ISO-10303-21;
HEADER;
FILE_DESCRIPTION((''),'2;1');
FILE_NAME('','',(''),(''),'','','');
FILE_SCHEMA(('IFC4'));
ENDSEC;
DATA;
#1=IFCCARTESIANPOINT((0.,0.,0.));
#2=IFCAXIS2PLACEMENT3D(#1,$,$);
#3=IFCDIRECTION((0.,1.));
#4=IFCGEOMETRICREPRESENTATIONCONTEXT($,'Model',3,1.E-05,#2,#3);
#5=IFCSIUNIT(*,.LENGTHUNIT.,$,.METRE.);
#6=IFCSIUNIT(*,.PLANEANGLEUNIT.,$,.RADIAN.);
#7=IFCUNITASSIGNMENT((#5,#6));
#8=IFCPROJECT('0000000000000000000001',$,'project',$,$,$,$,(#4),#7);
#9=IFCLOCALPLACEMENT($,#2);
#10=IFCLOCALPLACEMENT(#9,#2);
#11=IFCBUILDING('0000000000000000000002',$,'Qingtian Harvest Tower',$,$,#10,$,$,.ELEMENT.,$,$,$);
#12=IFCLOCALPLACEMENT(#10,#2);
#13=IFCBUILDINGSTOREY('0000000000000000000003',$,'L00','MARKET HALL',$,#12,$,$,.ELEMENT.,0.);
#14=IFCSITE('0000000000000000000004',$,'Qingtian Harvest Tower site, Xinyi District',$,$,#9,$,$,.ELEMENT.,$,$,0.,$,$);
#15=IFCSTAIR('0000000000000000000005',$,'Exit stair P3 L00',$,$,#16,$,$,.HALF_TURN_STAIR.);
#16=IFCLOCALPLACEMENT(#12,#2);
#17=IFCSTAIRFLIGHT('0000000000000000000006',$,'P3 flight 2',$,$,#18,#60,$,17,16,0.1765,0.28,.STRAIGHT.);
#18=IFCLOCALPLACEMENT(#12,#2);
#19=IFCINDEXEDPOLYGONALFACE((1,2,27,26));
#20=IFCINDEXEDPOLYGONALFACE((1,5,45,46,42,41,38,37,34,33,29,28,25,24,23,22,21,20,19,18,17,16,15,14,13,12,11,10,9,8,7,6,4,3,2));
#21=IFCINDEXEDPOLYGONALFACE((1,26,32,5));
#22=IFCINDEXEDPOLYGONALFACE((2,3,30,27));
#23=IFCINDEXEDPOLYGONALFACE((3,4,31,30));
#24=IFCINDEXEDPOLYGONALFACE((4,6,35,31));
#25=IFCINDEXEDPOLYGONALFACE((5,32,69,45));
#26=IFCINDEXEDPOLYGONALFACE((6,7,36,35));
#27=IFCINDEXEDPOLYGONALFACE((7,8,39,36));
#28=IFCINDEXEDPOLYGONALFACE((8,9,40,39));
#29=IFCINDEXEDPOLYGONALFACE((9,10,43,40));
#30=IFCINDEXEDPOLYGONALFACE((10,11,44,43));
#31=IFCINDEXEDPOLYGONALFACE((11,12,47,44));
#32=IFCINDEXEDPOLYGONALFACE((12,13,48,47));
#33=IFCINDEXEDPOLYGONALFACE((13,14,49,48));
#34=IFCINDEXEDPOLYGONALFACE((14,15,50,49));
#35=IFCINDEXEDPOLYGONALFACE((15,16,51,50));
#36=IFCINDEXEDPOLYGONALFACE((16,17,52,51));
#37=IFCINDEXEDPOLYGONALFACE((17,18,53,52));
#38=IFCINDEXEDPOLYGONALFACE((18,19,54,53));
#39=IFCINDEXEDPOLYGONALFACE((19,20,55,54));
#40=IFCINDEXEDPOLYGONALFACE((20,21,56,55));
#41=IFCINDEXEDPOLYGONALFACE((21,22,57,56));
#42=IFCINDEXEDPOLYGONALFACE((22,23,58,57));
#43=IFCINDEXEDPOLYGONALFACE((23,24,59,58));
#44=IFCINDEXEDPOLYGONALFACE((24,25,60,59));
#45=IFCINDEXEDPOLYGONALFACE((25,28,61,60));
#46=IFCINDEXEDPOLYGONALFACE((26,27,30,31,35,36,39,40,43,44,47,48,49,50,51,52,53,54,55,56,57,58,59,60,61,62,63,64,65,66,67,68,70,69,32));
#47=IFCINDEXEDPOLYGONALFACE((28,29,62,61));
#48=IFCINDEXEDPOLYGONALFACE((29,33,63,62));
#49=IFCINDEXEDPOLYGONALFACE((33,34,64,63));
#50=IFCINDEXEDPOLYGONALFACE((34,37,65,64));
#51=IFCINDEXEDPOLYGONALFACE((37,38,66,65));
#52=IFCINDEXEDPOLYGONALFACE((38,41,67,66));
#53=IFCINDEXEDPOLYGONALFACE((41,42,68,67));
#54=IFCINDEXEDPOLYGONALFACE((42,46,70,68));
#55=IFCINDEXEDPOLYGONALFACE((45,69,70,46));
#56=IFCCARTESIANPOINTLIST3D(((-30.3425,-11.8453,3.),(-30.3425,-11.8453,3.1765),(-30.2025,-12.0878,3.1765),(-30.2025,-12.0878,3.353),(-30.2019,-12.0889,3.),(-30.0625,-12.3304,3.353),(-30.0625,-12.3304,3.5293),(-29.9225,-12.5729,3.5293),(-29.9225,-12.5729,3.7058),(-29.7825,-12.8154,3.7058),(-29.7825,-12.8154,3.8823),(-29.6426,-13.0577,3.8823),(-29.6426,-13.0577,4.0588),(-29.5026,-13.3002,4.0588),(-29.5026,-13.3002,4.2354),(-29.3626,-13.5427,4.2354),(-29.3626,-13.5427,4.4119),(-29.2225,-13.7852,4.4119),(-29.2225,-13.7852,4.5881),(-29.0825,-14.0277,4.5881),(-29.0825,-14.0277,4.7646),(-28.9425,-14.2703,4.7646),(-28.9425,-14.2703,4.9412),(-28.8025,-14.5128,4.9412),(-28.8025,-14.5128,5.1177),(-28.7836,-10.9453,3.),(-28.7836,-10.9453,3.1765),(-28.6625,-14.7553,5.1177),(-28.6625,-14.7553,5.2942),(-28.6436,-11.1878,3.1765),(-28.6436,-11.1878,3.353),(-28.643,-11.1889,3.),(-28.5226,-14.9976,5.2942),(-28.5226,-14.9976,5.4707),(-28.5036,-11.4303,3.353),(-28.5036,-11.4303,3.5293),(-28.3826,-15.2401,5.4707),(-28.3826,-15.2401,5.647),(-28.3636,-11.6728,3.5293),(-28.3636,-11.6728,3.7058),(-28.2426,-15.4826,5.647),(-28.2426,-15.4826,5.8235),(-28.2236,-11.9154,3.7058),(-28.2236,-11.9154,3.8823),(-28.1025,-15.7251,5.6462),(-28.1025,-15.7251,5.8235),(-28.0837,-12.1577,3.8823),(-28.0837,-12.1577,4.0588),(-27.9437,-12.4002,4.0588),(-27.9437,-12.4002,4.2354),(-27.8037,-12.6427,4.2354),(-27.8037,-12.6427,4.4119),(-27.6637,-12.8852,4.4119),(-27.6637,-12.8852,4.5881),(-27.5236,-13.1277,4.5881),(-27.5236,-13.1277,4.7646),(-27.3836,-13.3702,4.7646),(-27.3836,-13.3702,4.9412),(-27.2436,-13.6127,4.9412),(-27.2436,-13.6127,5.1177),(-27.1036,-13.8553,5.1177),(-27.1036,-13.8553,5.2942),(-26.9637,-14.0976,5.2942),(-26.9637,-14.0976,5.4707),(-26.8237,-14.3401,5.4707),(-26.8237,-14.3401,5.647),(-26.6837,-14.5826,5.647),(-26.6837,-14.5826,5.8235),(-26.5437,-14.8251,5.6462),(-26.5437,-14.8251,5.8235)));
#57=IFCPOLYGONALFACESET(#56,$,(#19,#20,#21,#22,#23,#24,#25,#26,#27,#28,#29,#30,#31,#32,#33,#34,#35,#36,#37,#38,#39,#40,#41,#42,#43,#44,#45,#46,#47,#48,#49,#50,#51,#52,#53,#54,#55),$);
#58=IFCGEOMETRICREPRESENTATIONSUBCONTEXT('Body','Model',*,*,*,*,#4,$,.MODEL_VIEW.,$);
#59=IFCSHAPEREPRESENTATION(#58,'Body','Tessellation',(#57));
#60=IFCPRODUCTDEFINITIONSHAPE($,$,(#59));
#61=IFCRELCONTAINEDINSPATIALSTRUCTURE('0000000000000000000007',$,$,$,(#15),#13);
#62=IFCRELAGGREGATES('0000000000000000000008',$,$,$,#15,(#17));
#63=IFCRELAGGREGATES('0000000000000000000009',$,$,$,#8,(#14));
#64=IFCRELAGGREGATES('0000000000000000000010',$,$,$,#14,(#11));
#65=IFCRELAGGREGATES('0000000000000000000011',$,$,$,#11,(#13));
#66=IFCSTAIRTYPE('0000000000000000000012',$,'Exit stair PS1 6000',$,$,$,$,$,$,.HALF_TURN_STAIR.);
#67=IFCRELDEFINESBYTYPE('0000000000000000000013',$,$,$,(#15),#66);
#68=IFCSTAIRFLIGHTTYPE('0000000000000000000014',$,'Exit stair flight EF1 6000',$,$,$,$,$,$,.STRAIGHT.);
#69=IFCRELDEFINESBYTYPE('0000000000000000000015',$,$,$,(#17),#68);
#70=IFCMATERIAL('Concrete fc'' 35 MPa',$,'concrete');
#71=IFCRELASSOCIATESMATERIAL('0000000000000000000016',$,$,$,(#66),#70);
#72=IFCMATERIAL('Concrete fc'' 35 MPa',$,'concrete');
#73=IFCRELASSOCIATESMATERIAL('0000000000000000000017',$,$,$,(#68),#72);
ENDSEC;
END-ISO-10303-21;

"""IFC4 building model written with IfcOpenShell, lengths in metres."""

from ifc_helpers import new_model, si_unit, direction, frame, origin, place, context, subcontext, project, spatial, polyline, outline, extrude, material, type_object, element, aggregate, save


model = new_model("IFC4")

# Units and contexts
model_context = context("Model", 3, precision=1e-05, world=origin(), true_north=direction((0.0, 1.0)))
body_context = subcontext(model_context, "Body", "Model", "MODEL_VIEW")
ifc_project = project(units=[si_unit("LENGTHUNIT", "METRE"), si_unit("PLANEANGLEUNIT", "RADIAN")], contexts=[model_context])

# Site, building, storey
site_placement = place(None, origin())
site = spatial("IfcSite", under=ifc_project, at=site_placement, Name="Qingtian Harvest Tower site, Xinyi District", CompositionType="ELEMENT", RefElevation=0.0)
building_placement = place(site_placement, origin())
building = spatial("IfcBuilding", under=site, at=building_placement, Name="Qingtian Harvest Tower", CompositionType="ELEMENT")
storey_placement = place(building_placement, origin())
storey = spatial("IfcBuildingStorey", under=building, at=storey_placement, Name="L00", Description="MARKET HALL", CompositionType="ELEMENT", Elevation=0.0)

# Stair, stair flight
ifc_material_1 = material(Name="Concrete fc' 35 MPa", Category="concrete")
stair_type = type_object("IfcStairType", Name="Exit stair PS1 6000", PredefinedType="HALF_TURN_STAIR", material=ifc_material_1)
stair_placement = place(storey_placement, origin())
stair = element("IfcStair", 1, at=stair_placement, inside=storey, type_object=stair_type, Name="Exit stair P3 L00", PredefinedType="HALF_TURN_STAIR")
ifc_material_2 = material(Name="Concrete fc' 35 MPa", Category="concrete")
stair_flight_type = type_object("IfcStairFlightType", Name="Exit stair flight EF1 6000", PredefinedType="STRAIGHT", material=ifc_material_2)
stair_flight_1_placement = place(storey_placement, frame((-29.563, -11.3953, 3.0), z_axis=(0.0, 0.0, 1.0), x_axis=(0.5, -0.866025, 0.0)))
stair_flight_1 = element("IfcStairFlight", 2, at=stair_flight_1_placement, type_object=stair_flight_type, Name="P3 flight 2", NumberOfRisers=17, NumberOfTreads=16, PredefinedType="STRAIGHT", RiserHeight=0.1765, TreadLength=0.28, context=body_context, shape_type="SweptSolid", body=[
    extrude(outline(polyline([(0.0, 0.0), (0.0, 0.1765), (0.28, 0.1765), (0.28, 0.353), (0.5601, 0.353), (0.5601, 0.5293), (0.8401, 0.5293), (0.8401, 0.7058), (1.1201, 0.7058), (1.1201, 0.8823), (1.3999, 0.8823), (1.3999, 1.0588), (1.6799, 1.0588), (1.6799, 1.2354), (1.96, 1.2354), (1.96, 1.4119), (2.24, 1.4119), (2.24, 1.5881), (2.52, 1.5881), (2.52, 1.7646), (2.8, 1.7646), (2.8, 1.9412), (3.0801, 1.9412), (3.0801, 2.1177), (3.3601, 2.1177), (3.3601, 2.2942), (3.6399, 2.2942), (3.6399, 2.4707), (3.9199, 2.4707), (3.9199, 2.647), (4.2, 2.647), (4.2, 2.8235), (4.48, 2.8235), (4.48, 3.0), (4.48, 2.6462), (0.2812, 0.0), (0.0, 0.0)])), frame((0.0, 0.8999, 0.0), z_axis=(0.0, -1.0, 0.0), x_axis=(1.0, 0.0, 0.0)), (0.0, 0.0, 1.0), 1.8),
])
aggregate(stair, [stair_flight_1])

save(model, "model.ifc")
